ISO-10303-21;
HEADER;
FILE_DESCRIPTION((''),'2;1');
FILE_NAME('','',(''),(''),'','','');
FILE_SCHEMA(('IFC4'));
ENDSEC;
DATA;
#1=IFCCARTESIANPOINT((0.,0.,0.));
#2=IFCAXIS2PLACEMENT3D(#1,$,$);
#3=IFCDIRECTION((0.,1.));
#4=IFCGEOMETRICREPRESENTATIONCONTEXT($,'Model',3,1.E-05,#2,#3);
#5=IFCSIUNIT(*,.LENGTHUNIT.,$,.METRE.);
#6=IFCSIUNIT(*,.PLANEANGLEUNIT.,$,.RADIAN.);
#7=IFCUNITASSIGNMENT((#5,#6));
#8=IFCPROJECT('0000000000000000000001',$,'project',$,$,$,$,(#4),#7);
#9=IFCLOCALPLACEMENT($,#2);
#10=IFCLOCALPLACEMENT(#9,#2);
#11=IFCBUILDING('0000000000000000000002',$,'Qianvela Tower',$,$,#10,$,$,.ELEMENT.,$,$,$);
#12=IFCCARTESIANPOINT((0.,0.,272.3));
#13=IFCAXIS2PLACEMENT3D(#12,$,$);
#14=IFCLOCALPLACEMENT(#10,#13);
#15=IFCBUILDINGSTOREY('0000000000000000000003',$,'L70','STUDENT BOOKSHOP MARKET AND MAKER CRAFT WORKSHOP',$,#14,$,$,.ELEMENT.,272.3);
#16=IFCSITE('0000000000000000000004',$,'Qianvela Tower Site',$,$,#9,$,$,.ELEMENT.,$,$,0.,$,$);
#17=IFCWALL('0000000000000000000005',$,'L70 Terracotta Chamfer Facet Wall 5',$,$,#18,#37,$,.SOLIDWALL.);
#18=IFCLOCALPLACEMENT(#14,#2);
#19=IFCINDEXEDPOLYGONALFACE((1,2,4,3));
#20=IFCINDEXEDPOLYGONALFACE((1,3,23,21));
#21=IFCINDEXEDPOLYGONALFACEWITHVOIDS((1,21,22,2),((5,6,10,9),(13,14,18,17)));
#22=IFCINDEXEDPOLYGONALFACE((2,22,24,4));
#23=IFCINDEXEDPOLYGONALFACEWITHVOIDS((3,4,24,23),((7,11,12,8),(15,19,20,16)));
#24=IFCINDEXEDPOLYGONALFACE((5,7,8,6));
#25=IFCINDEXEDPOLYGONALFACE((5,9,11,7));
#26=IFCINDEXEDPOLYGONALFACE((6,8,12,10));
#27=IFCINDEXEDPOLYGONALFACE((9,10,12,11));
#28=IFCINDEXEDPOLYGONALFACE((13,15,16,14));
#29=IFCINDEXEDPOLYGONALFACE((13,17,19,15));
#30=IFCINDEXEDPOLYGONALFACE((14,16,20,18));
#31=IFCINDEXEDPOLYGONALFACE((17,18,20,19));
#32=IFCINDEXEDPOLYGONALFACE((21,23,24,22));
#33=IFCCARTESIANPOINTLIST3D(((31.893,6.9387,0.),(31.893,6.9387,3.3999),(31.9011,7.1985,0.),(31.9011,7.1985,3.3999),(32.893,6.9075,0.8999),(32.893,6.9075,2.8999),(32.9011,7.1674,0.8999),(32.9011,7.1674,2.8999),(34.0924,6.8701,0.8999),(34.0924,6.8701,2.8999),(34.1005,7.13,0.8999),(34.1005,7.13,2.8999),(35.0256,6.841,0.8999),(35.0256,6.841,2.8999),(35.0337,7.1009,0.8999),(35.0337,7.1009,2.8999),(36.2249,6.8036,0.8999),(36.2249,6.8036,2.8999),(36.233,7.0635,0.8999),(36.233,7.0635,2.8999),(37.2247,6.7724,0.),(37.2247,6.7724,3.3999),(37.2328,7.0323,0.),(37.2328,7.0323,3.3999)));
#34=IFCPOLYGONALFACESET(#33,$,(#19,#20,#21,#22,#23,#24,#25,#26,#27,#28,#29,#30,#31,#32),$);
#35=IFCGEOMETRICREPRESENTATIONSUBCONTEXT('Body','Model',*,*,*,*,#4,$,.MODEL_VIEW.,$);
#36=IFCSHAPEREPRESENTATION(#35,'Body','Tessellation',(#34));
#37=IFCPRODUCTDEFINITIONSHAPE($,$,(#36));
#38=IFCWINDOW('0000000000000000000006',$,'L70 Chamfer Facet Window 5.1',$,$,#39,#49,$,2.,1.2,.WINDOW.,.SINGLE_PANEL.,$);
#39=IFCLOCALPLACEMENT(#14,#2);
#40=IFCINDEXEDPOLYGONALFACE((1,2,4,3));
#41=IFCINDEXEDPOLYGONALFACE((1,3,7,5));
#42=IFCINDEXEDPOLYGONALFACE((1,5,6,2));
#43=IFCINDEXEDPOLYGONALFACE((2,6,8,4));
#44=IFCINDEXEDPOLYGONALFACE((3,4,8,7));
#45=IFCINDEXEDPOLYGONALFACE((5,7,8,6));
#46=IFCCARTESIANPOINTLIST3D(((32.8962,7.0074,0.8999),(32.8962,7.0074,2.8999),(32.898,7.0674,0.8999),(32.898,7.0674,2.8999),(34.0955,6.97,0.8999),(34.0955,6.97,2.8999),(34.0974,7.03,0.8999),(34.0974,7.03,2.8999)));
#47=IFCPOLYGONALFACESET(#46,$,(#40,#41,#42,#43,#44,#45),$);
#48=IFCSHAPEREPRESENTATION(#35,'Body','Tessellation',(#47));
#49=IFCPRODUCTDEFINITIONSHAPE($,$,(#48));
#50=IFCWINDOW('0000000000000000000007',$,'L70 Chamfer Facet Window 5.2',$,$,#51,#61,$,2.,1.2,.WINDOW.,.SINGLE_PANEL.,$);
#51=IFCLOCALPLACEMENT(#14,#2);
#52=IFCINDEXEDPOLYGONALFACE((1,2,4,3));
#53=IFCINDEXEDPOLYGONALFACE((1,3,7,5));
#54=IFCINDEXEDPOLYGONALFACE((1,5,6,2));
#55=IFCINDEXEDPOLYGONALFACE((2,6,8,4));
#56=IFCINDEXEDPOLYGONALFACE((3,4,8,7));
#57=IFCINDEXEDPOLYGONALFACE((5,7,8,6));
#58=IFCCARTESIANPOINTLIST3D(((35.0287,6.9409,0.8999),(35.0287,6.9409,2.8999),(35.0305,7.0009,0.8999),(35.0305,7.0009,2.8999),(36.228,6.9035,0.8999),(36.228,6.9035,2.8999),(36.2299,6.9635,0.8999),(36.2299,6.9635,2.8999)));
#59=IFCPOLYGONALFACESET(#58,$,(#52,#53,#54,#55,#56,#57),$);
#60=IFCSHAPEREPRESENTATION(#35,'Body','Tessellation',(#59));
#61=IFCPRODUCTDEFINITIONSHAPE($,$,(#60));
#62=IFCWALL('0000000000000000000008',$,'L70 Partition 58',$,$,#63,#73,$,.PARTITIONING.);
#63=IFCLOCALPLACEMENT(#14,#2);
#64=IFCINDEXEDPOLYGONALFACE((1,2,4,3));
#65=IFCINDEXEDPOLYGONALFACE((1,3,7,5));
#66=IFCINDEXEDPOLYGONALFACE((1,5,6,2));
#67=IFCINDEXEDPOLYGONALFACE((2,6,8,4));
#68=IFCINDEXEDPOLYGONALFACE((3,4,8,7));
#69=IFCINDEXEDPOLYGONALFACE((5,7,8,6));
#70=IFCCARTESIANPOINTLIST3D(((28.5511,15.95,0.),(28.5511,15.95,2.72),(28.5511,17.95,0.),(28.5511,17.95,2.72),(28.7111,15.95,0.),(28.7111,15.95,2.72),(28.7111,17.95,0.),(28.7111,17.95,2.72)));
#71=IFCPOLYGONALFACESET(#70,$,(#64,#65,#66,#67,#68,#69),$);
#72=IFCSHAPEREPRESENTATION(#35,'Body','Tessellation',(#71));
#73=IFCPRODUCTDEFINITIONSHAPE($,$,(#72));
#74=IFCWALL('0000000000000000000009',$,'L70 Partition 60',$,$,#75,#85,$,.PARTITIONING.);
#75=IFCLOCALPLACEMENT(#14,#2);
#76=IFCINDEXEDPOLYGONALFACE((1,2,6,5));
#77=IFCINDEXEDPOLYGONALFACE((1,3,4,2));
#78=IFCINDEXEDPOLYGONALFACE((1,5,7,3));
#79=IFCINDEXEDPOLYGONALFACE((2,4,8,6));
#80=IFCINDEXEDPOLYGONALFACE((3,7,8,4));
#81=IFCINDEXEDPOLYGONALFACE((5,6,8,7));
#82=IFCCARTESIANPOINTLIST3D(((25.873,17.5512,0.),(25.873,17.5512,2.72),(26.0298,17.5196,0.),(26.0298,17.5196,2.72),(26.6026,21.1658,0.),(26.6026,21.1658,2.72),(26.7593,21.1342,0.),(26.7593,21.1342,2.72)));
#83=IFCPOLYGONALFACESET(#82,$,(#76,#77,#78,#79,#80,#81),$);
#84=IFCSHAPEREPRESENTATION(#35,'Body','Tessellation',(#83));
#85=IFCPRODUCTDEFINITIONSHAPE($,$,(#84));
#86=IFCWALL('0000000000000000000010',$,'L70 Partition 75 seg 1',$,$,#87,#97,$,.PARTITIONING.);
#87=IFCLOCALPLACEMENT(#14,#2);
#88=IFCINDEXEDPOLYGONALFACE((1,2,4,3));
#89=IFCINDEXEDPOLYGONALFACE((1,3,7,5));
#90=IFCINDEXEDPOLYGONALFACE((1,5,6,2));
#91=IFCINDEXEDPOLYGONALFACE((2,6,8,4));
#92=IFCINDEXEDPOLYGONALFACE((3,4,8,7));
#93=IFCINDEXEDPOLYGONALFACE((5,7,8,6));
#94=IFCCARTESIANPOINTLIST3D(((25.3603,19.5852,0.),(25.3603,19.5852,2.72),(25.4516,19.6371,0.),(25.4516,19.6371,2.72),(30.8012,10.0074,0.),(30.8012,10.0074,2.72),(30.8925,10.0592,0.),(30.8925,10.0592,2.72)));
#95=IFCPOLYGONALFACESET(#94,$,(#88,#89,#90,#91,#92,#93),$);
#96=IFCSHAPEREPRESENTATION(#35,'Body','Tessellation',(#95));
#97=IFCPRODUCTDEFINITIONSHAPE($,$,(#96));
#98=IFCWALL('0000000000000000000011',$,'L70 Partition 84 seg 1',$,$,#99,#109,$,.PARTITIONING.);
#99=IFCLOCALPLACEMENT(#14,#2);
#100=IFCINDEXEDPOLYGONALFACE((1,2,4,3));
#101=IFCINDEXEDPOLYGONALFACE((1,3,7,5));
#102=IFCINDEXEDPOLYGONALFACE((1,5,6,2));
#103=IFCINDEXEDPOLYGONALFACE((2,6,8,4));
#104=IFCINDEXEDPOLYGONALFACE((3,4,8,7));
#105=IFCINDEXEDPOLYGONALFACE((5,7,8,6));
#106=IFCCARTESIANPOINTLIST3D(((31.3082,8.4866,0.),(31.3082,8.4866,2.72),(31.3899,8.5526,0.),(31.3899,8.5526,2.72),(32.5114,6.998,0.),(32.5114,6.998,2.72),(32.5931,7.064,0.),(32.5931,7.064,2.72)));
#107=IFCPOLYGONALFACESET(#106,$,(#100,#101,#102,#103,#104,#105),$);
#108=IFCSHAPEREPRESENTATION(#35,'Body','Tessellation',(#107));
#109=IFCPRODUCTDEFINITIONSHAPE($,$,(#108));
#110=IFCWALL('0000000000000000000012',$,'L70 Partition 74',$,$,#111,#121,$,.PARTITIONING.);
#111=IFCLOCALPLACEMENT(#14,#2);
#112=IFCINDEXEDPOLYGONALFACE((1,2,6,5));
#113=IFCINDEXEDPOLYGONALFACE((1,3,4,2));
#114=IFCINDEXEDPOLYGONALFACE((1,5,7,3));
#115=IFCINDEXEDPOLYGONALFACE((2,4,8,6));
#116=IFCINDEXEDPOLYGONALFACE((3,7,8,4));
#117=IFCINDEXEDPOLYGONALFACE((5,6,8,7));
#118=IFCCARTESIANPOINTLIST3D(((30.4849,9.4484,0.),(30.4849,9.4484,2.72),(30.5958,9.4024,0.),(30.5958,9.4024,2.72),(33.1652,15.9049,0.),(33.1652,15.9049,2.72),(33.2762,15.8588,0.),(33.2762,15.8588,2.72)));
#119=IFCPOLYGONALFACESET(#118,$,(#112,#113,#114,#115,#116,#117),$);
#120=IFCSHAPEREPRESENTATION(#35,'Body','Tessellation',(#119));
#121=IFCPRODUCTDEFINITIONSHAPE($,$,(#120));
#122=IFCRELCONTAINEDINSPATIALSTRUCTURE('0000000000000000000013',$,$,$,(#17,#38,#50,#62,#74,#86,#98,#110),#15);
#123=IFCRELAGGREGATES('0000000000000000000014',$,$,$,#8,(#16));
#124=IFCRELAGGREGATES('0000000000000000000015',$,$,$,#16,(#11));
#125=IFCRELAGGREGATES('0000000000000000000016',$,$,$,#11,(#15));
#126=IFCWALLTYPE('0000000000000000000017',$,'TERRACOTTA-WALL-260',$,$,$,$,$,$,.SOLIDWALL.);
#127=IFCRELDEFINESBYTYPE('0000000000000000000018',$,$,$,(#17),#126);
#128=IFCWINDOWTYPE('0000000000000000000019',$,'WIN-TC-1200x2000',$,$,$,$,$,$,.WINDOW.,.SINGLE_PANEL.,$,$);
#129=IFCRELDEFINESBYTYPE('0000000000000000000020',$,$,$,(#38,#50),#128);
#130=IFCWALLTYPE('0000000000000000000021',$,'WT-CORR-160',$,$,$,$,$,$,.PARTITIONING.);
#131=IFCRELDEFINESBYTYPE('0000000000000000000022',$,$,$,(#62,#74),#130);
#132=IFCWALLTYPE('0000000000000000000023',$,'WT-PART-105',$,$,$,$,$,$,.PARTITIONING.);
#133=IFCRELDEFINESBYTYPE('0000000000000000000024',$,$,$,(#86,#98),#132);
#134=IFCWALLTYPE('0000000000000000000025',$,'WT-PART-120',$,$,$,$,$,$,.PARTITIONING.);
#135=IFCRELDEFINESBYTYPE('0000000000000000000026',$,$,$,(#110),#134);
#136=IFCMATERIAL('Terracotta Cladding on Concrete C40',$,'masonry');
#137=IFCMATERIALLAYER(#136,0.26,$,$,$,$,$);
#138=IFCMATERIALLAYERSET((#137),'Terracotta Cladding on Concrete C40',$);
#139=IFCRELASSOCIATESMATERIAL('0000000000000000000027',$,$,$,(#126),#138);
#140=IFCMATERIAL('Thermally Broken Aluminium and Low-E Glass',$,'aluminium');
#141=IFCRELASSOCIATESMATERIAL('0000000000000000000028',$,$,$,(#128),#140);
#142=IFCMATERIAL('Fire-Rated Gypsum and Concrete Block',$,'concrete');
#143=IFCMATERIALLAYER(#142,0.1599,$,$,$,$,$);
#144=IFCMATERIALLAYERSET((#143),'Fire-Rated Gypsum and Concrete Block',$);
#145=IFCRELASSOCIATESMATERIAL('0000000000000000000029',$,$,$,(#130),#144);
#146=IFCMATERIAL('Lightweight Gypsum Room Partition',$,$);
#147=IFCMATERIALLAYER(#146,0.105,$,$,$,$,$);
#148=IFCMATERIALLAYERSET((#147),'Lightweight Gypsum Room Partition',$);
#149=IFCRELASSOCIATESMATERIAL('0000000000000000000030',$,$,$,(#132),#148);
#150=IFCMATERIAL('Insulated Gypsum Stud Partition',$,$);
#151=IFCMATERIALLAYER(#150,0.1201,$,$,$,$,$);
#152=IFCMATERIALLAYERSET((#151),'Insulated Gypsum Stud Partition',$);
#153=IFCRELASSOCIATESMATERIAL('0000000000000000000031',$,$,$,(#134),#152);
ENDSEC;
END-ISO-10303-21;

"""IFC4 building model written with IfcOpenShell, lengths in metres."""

from ifc_helpers import new_model, si_unit, direction, frame, frame_2d, origin, place, context, subcontext, project, spatial, rectangle, extrude, material, layer, layer_set, type_object, element, fill, save


model = new_model("IFC4")

# Units and contexts
model_context = context("Model", 3, precision=1e-05, world=origin(), true_north=direction((0.0, 1.0)))
body_context = subcontext(model_context, "Body", "Model", "MODEL_VIEW")
ifc_project = project(units=[si_unit("LENGTHUNIT", "METRE"), si_unit("PLANEANGLEUNIT", "RADIAN")], contexts=[model_context])

# Site, building, storey
site_placement = place(None, origin())
site = spatial("IfcSite", under=ifc_project, at=site_placement, Name="Qianvela Tower Site", CompositionType="ELEMENT", RefElevation=0.0)
building_placement = place(site_placement, origin())
building = spatial("IfcBuilding", under=site, at=building_placement, Name="Qianvela Tower", CompositionType="ELEMENT")
storey_placement = place(building_placement, frame((0.0, 0.0, 272.3)))
storey = spatial("IfcBuildingStorey", under=building, at=storey_placement, Name="L70", Description="STUDENT BOOKSHOP MARKET AND MAKER CRAFT WORKSHOP", CompositionType="ELEMENT", Elevation=272.3)

# Wall, openings, windows
ifc_material_1 = material(Name="Terracotta Cladding on Concrete C40", Category="masonry")
ifc_layer_1 = layer(ifc_material_1, 0.26)
ifc_layer_set_1 = layer_set([ifc_layer_1], Name="Terracotta Cladding on Concrete C40")
wall_type_1 = type_object("IfcWallType", Name="TERRACOTTA-WALL-260", PredefinedType="SOLIDWALL", material=ifc_layer_set_1)
wall_1_placement = place(storey_placement, frame((31.8972, 7.0686, 0.0), z_axis=(0.0, 0.0, 1.0), x_axis=(0.999514, -0.031169, 0.0)))
wall_1 = element("IfcWall", 1, at=wall_1_placement, inside=storey, type_object=wall_type_1, Name="L70 Terracotta Chamfer Facet Wall 5", PredefinedType="SOLIDWALL", context=body_context, shape_type="SweptSolid", body=[
    extrude(rectangle(XDim=5.3342, YDim=0.26, at=frame_2d((2.667, 0.0))), origin(), (0.0, 0.0, 1.0), 3.3999),
])
opening_1_placement = place(wall_1_placement, frame((1.0002, 0.0, 0.8999)))
opening_1 = element("IfcOpeningElement", 2, at=opening_1_placement, cuts=wall_1, PredefinedType="OPENING", context=body_context, shape_type="SweptSolid", body=[
    extrude(rectangle(XDim=1.2, YDim=2.0, at=frame_2d((0.6001, 1.0))), frame((0.0, 0.1399, 0.0), z_axis=(0.0, -1.0, 0.0), x_axis=(1.0, 0.0, 0.0)), (0.0, 0.0, 1.0), 0.28),
])
opening_2_placement = place(wall_1_placement, frame((3.1338, 0.0, 0.8999)))
opening_2 = element("IfcOpeningElement", 3, at=opening_2_placement, cuts=wall_1, PredefinedType="OPENING", context=body_context, shape_type="SweptSolid", body=[
    extrude(rectangle(XDim=1.2, YDim=2.0, at=frame_2d((0.6001, 1.0))), frame((0.0, 0.1399, 0.0), z_axis=(0.0, -1.0, 0.0), x_axis=(1.0, 0.0, 0.0)), (0.0, 0.0, 1.0), 0.28),
])
ifc_material_2 = material(Name="Thermally Broken Aluminium and Low-E Glass", Category="aluminium")
window_type = type_object("IfcWindowType", Name="WIN-TC-1200x2000", PartitioningType="SINGLE_PANEL", PredefinedType="WINDOW", material=ifc_material_2)
window_1_placement = place(opening_1_placement, origin())
window_1 = element("IfcWindow", 4, at=window_1_placement, inside=storey, type_object=window_type, Name="L70 Chamfer Facet Window 5.1", OverallHeight=2.0, OverallWidth=1.2, PartitioningType="SINGLE_PANEL", PredefinedType="WINDOW", context=body_context, shape_type="SweptSolid", body=[
    extrude(rectangle(XDim=1.2, YDim=2.0, at=frame_2d((0.6001, 1.0))), frame((0.0, 0.03, 0.0), z_axis=(0.0, -1.0, 0.0), x_axis=(1.0, 0.0, 0.0)), (0.0, 0.0, 1.0), 0.0601),
])
fill(opening_1, window_1)
window_2_placement = place(opening_2_placement, origin())
window_2 = element("IfcWindow", 5, at=window_2_placement, inside=storey, type_object=window_type, Name="L70 Chamfer Facet Window 5.2", OverallHeight=2.0, OverallWidth=1.2, PartitioningType="SINGLE_PANEL", PredefinedType="WINDOW", context=body_context, shape_type="SweptSolid", body=[
    extrude(rectangle(XDim=1.2, YDim=2.0, at=frame_2d((0.6001, 1.0))), frame((0.0, 0.03, 0.0), z_axis=(0.0, -1.0, 0.0), x_axis=(1.0, 0.0, 0.0)), (0.0, 0.0, 1.0), 0.0601),
])
fill(opening_2, window_2)

# Walls
ifc_material_3 = material(Name="Fire-Rated Gypsum and Concrete Block", Category="concrete")
ifc_layer_2 = layer(ifc_material_3, 0.1599)
ifc_layer_set_2 = layer_set([ifc_layer_2], Name="Fire-Rated Gypsum and Concrete Block")
wall_type_2 = type_object("IfcWallType", Name="WT-CORR-160", PredefinedType="PARTITIONING", material=ifc_layer_set_2)
wall_2_placement = place(storey_placement, frame((28.6311, 15.95, 0.0), z_axis=(0.0, 0.0, 1.0), x_axis=(0.0, 1.0, 0.0)))
element("IfcWall", 6, at=wall_2_placement, inside=storey, type_object=wall_type_2, Name="L70 Partition 58", PredefinedType="PARTITIONING", context=body_context, shape_type="SweptSolid", body=[
    extrude(rectangle(XDim=2.0, YDim=0.1599, at=frame_2d((1.0, 0.0))), origin(), (0.0, 0.0, 1.0), 2.72),
])
wall_3_placement = place(storey_placement, frame((25.9514, 17.5354, 0.0), z_axis=(0.0, 0.0, 1.0), x_axis=(0.197835, 0.980235, 0.0)))
element("IfcWall", 7, at=wall_3_placement, inside=storey, type_object=wall_type_2, Name="L70 Partition 60", PredefinedType="PARTITIONING", context=body_context, shape_type="SweptSolid", body=[
    extrude(rectangle(XDim=3.6875, YDim=0.1599, at=frame_2d((1.8438, 0.0))), origin(), (0.0, 0.0, 1.0), 2.72),
])
ifc_material_4 = material(Name="Lightweight Gypsum Room Partition")
ifc_layer_3 = layer(ifc_material_4, 0.105)
ifc_layer_set_3 = layer_set([ifc_layer_3], Name="Lightweight Gypsum Room Partition")
wall_type_3 = type_object("IfcWallType", Name="WT-PART-105", PredefinedType="PARTITIONING", material=ifc_layer_set_3)
wall_4_placement = place(storey_placement, frame((30.8469, 10.0332, 0.0), z_axis=(0.0, 0.0, 1.0), x_axis=(-0.493937, 0.869498, 0.0)))
element("IfcWall", 8, at=wall_4_placement, inside=storey, type_object=wall_type_3, Name="L70 Partition 75 seg 1", PredefinedType="PARTITIONING", context=body_context, shape_type="SweptSolid", body=[
    extrude(rectangle(XDim=11.0154, YDim=0.105, at=frame_2d((5.5078, 0.0))), origin(), (0.0, 0.0, 1.0), 2.72),
])
wall_5_placement = place(storey_placement, frame((32.5522, 7.031, 0.0), z_axis=(0.0, 0.0, 1.0), x_axis=(-0.628607, 0.777723, 0.0)))
element("IfcWall", 9, at=wall_5_placement, inside=storey, type_object=wall_type_3, Name="L70 Partition 84 seg 1", PredefinedType="PARTITIONING", context=body_context, shape_type="SweptSolid", body=[
    extrude(rectangle(XDim=1.9141, YDim=0.105, at=frame_2d((0.957, 0.0))), origin(), (0.0, 0.0, 1.0), 2.72),
])
ifc_material_5 = material(Name="Insulated Gypsum Stud Partition")
ifc_layer_4 = layer(ifc_material_5, 0.1201)
ifc_layer_set_4 = layer_set([ifc_layer_4], Name="Insulated Gypsum Stud Partition")
wall_type_4 = type_object("IfcWallType", Name="WT-PART-120", PredefinedType="PARTITIONING", material=ifc_layer_set_4)
wall_6_placement = place(storey_placement, frame((33.2207, 15.8818, 0.0), z_axis=(0.0, 0.0, 1.0), x_axis=(-0.38342, -0.923574, 0.0)))
element("IfcWall", 10, at=wall_6_placement, inside=storey, type_object=wall_type_4, Name="L70 Partition 74", PredefinedType="PARTITIONING", context=body_context, shape_type="SweptSolid", body=[
    extrude(rectangle(XDim=6.9907, YDim=0.1201, at=frame_2d((3.4954, 0.0))), origin(), (0.0, 0.0, 1.0), 2.72),
])

save(model, "model.ifc")
